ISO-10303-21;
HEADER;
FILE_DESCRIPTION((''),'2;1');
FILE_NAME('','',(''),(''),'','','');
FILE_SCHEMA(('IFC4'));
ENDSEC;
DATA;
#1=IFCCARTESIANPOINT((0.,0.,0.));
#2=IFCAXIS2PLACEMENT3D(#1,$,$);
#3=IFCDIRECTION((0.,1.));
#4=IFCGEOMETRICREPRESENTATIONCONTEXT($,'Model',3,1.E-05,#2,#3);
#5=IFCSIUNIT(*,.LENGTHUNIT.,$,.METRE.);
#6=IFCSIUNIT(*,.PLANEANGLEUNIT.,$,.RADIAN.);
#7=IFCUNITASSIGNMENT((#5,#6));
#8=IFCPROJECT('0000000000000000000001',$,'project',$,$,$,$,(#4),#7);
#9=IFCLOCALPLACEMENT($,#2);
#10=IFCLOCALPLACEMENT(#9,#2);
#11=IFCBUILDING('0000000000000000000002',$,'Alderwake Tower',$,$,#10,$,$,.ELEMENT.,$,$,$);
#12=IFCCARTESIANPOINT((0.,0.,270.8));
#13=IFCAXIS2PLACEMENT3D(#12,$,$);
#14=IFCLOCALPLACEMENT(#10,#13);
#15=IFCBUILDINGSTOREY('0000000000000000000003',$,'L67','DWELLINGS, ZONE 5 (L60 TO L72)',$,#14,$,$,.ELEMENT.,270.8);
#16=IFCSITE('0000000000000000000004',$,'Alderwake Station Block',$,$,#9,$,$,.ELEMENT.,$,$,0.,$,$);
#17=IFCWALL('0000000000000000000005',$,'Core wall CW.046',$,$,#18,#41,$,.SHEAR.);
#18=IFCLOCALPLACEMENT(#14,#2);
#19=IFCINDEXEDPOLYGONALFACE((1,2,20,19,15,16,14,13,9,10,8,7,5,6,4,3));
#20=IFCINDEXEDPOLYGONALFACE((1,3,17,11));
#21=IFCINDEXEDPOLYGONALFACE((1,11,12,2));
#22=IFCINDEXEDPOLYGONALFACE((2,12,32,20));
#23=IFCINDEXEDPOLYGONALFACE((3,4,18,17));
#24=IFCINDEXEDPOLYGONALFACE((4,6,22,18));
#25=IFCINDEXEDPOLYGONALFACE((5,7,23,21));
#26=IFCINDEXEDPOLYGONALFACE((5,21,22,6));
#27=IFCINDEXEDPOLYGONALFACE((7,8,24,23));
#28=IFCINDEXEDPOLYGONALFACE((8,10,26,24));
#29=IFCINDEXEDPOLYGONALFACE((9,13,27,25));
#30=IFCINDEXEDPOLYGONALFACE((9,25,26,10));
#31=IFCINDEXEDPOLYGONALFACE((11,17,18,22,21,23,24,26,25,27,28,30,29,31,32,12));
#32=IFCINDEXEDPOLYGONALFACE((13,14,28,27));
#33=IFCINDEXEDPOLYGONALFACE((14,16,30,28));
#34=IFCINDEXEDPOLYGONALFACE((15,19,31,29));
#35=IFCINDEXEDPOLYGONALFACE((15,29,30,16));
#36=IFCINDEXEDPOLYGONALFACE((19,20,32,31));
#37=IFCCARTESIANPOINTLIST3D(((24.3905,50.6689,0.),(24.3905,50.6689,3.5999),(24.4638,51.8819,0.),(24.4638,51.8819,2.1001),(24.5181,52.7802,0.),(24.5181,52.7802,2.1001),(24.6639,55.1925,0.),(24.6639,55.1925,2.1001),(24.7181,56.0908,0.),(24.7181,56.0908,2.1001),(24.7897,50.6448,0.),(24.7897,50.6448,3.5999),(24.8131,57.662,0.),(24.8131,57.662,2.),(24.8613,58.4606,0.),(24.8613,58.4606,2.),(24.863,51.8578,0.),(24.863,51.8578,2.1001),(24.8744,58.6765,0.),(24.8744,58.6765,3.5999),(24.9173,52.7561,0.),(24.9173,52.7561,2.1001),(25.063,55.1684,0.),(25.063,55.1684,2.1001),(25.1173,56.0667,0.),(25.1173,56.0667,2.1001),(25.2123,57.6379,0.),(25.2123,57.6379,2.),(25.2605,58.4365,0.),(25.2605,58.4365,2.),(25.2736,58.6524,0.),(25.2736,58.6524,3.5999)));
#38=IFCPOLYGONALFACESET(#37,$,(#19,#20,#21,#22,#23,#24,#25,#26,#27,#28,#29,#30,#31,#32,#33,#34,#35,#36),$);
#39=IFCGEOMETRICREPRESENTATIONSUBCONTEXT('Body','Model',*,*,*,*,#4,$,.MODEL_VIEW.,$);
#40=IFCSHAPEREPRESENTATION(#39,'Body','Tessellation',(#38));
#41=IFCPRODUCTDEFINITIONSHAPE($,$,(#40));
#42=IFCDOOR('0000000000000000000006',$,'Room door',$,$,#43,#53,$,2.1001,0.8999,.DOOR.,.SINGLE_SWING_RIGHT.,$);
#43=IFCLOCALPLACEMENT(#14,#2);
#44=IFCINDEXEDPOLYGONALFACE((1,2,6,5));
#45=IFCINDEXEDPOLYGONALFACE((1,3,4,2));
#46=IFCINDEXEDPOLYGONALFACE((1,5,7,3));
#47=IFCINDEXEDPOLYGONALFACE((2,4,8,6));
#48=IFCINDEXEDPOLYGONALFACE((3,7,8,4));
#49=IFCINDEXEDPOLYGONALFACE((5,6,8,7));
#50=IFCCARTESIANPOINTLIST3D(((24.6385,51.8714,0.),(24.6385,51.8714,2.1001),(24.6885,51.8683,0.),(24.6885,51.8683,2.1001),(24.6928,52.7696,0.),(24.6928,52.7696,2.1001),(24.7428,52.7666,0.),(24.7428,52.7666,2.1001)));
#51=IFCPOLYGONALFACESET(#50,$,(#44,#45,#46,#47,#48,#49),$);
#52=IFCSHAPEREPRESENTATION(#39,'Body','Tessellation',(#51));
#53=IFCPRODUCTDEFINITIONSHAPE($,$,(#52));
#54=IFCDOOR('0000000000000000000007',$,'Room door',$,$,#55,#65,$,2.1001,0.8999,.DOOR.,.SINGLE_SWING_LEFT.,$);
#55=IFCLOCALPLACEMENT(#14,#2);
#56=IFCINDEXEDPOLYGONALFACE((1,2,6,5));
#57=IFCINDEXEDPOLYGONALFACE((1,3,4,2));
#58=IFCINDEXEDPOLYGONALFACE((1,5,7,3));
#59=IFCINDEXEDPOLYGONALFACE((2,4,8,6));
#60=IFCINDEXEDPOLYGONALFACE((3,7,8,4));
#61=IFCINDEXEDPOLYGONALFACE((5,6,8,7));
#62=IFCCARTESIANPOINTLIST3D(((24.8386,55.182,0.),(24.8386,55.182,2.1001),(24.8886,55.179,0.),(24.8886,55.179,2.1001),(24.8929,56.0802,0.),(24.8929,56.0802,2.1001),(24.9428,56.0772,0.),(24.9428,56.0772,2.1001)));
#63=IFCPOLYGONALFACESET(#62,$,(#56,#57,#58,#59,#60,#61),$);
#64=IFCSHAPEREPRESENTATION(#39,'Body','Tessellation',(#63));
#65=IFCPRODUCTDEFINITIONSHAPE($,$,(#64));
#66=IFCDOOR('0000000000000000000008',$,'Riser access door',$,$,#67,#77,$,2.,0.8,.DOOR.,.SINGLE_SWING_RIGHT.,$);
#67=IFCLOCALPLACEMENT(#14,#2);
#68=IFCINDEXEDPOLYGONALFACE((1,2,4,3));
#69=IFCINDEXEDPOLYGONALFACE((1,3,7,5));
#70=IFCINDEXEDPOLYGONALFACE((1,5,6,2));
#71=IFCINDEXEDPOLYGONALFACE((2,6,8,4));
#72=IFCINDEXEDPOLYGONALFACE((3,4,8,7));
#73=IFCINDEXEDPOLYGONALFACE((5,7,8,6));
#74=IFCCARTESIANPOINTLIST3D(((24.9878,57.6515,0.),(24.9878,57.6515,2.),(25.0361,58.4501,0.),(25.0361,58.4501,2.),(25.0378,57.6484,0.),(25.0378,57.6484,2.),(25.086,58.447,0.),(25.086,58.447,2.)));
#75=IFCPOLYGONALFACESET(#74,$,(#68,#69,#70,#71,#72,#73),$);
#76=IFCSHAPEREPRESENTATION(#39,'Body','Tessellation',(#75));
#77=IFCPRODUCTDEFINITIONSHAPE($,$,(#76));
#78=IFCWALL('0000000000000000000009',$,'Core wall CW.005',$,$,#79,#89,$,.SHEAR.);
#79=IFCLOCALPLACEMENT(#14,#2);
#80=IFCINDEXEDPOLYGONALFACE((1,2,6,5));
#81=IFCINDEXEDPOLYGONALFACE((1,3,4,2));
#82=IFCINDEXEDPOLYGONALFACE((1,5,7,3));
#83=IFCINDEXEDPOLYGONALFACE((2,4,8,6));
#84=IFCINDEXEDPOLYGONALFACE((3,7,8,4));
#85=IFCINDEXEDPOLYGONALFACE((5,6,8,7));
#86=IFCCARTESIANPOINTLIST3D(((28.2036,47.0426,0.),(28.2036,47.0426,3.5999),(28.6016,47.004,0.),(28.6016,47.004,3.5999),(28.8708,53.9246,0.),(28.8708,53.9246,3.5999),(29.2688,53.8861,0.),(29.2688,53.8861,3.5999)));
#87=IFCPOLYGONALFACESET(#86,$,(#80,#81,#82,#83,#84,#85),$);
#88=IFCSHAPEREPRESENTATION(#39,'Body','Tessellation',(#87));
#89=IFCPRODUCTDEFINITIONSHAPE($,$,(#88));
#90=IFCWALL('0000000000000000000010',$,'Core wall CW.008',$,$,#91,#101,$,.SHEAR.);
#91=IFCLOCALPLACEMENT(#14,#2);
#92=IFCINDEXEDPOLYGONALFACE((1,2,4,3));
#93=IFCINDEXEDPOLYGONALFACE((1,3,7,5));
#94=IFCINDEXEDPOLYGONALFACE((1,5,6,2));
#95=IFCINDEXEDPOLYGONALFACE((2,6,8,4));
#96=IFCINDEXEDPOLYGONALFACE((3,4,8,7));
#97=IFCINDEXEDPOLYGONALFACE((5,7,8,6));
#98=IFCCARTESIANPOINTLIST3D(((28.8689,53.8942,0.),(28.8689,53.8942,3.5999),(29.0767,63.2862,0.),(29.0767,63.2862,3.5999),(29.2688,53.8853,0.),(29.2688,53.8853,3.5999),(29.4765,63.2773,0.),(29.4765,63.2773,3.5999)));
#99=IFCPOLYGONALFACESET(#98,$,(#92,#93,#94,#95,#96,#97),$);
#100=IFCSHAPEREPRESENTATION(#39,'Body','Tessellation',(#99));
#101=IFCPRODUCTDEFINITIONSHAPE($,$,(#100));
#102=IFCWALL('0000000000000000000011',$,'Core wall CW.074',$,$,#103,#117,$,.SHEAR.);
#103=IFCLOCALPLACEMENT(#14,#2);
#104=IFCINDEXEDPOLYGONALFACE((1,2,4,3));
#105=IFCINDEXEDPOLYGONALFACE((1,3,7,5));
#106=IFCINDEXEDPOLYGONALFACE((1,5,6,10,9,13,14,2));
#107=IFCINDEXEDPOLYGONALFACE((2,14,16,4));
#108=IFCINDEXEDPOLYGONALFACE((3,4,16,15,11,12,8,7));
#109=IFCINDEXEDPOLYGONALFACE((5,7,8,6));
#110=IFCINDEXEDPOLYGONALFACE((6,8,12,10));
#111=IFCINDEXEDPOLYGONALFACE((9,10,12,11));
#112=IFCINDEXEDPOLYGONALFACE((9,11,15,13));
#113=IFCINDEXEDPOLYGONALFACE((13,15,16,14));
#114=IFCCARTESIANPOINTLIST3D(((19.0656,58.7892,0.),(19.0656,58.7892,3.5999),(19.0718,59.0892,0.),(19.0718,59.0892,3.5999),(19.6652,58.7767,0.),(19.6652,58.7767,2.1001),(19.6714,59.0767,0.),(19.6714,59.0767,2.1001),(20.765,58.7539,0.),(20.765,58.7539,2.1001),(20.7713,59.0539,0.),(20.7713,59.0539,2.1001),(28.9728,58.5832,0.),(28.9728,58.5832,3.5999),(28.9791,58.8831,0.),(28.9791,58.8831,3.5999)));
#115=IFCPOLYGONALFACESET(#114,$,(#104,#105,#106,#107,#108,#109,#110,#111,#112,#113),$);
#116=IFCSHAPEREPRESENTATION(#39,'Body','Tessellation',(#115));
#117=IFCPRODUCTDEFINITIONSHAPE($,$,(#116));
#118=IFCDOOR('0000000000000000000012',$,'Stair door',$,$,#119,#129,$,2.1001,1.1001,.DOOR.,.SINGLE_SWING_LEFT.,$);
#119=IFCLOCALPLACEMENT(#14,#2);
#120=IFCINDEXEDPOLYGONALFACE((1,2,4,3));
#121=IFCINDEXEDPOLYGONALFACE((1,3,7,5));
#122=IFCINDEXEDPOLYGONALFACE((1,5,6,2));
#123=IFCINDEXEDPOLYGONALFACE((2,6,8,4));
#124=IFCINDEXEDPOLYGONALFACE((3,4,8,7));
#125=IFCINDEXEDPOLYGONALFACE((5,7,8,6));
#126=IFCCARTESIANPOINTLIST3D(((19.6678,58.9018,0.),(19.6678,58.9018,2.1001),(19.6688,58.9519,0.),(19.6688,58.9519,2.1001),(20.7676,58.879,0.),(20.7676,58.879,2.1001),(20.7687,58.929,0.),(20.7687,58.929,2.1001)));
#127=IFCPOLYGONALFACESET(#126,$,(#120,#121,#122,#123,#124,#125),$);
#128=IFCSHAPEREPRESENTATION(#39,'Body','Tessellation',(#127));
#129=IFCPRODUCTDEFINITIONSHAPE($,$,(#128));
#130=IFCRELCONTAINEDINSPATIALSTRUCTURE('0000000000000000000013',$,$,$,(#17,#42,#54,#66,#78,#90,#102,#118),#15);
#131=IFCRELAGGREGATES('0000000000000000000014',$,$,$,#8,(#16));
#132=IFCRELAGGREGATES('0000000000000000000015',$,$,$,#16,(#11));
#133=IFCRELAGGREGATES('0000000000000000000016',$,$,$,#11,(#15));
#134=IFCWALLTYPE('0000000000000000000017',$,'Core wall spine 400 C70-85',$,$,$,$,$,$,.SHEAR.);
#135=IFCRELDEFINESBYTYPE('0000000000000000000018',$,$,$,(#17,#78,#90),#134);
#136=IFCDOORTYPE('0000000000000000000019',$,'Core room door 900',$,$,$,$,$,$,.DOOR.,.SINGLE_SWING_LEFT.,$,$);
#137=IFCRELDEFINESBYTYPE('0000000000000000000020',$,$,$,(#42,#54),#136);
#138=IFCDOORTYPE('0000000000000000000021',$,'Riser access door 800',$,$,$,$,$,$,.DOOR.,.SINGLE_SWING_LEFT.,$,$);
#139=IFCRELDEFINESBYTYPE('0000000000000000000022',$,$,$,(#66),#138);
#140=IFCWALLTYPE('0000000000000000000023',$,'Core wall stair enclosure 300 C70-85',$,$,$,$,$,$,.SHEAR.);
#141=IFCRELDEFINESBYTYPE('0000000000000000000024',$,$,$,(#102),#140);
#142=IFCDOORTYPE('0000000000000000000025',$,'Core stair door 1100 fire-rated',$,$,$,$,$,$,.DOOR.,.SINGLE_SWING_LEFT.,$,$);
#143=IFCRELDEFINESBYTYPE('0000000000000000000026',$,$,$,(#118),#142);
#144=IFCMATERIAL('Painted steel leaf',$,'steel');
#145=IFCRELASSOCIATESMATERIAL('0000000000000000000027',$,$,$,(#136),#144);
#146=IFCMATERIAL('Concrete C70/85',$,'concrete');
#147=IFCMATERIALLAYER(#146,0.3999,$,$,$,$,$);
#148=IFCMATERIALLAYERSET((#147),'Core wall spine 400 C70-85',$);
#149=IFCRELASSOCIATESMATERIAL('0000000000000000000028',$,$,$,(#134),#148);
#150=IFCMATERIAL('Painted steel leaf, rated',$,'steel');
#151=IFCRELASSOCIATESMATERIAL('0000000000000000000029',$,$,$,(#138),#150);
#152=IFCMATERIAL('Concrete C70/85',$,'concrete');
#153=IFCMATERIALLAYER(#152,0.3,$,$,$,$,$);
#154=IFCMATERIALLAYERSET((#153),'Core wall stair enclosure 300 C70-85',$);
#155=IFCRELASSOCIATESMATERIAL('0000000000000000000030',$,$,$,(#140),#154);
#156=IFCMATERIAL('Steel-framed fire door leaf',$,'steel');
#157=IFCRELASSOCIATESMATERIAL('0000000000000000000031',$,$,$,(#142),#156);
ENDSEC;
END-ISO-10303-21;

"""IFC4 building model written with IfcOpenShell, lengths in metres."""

from ifc_helpers import new_model, si_unit, direction, frame, frame_2d, origin, place, context, subcontext, project, spatial, rectangle, extrude, material, layer, layer_set, type_object, element, fill, save


model = new_model("IFC4")

# Units and contexts
model_context = context("Model", 3, precision=1e-05, world=origin(), true_north=direction((0.0, 1.0)))
body_context = subcontext(model_context, "Body", "Model", "MODEL_VIEW")
ifc_project = project(units=[si_unit("LENGTHUNIT", "METRE"), si_unit("PLANEANGLEUNIT", "RADIAN")], contexts=[model_context])

# Site, building, storey
site_placement = place(None, origin())
site = spatial("IfcSite", under=ifc_project, at=site_placement, Name="Alderwake Station Block", CompositionType="ELEMENT", RefElevation=0.0)
building_placement = place(site_placement, origin())
building = spatial("IfcBuilding", under=site, at=building_placement, Name="Alderwake Tower", CompositionType="ELEMENT")
storey_placement = place(building_placement, frame((0.0, 0.0, 270.8)))
storey = spatial("IfcBuildingStorey", under=building, at=storey_placement, Name="L67", Description="DWELLINGS, ZONE 5 (L60 TO L72)", CompositionType="ELEMENT", Elevation=270.8)

# Shared definitions
ifc_material_1 = material(Name="Painted steel leaf", Category="steel")
door_type_1 = type_object("IfcDoorType", Name="Core room door 900", OperationType="SINGLE_SWING_LEFT", PredefinedType="DOOR", material=ifc_material_1)

# Wall, openings, doors
ifc_material_2 = material(Name="Concrete C70/85", Category="concrete")
ifc_layer_1 = layer(ifc_material_2, 0.3999)
ifc_layer_set_1 = layer_set([ifc_layer_1], Name="Core wall spine 400 C70-85")
wall_type_1 = type_object("IfcWallType", Name="Core wall spine 400 C70-85", PredefinedType="SHEAR", material=ifc_layer_set_1)
wall_1_placement = place(storey_placement, frame((24.5901, 50.6567, 0.0), z_axis=(0.0, 0.0, 1.0), x_axis=(0.060319, 0.998179, 0.0)))
wall_1 = element("IfcWall", 1, at=wall_1_placement, inside=storey, type_object=wall_type_1, Name="Core wall CW.046", PredefinedType="SHEAR", context=body_context, shape_type="SweptSolid", body=[
    extrude(rectangle(XDim=8.0222, YDim=0.3999, at=frame_2d((4.0112, 0.0))), origin(), (0.0, 0.0, 1.0), 3.5999),
])
opening_1_placement = place(wall_1_placement, frame((7.0061, 0.0, 0.0)))
opening_1 = element("IfcOpeningElement", 2, at=opening_1_placement, cuts=wall_1, PredefinedType="OPENING", context=body_context, shape_type="SweptSolid", body=[
    extrude(rectangle(XDim=0.8, YDim=2.0, at=frame_2d((0.3999, 1.0))), frame((0.0, 0.21, 0.0), z_axis=(0.0, -1.0, 0.0), x_axis=(1.0, 0.0, 0.0)), (0.0, 0.0, 1.0), 0.4199),
])
opening_2_placement = place(wall_1_placement, frame((1.2153, 0.0, 0.0)))
opening_2 = element("IfcOpeningElement", 3, at=opening_2_placement, cuts=wall_1, PredefinedType="OPENING", context=body_context, shape_type="SweptSolid", body=[
    extrude(rectangle(XDim=0.8999, YDim=2.1001, at=frame_2d((0.45, 1.05))), frame((0.0, 0.21, 0.0), z_axis=(0.0, -1.0, 0.0), x_axis=(1.0, 0.0, 0.0)), (0.0, 0.0, 1.0), 0.4199),
])
opening_3_placement = place(wall_1_placement, frame((4.532, 0.0, 0.0)))
opening_3 = element("IfcOpeningElement", 4, at=opening_3_placement, cuts=wall_1, PredefinedType="OPENING", context=body_context, shape_type="SweptSolid", body=[
    extrude(rectangle(XDim=0.8999, YDim=2.1001, at=frame_2d((0.45, 1.05))), frame((0.0, 0.21, 0.0), z_axis=(0.0, -1.0, 0.0), x_axis=(1.0, 0.0, 0.0)), (0.0, 0.0, 1.0), 0.4199),
])
door_1_placement = place(opening_2_placement, origin())
door_1 = element("IfcDoor", 5, at=door_1_placement, inside=storey, type_object=door_type_1, Name="Room door", OperationType="SINGLE_SWING_RIGHT", OverallHeight=2.1001, OverallWidth=0.8999, PredefinedType="DOOR", context=body_context, shape_type="SweptSolid", body=[
    extrude(rectangle(XDim=0.8999, YDim=2.1001, at=frame_2d((0.45, 1.05))), frame((0.0, 0.0249, 0.0), z_axis=(0.0, -1.0, 0.0), x_axis=(1.0, 0.0, 0.0)), (0.0, 0.0, 1.0), 0.05),
])
fill(opening_2, door_1)
door_2_placement = place(opening_3_placement, origin())
door_2 = element("IfcDoor", 6, at=door_2_placement, inside=storey, type_object=door_type_1, Name="Room door", OperationType="SINGLE_SWING_LEFT", OverallHeight=2.1001, OverallWidth=0.8999, PredefinedType="DOOR", context=body_context, shape_type="SweptSolid", body=[
    extrude(rectangle(XDim=0.8999, YDim=2.1001, at=frame_2d((0.45, 1.05))), frame((0.0, 0.0249, 0.0), z_axis=(0.0, -1.0, 0.0), x_axis=(1.0, 0.0, 0.0)), (0.0, 0.0, 1.0), 0.05),
])
fill(opening_3, door_2)
ifc_material_3 = material(Name="Painted steel leaf, rated", Category="steel")
door_type_2 = type_object("IfcDoorType", Name="Riser access door 800", OperationType="SINGLE_SWING_LEFT", PredefinedType="DOOR", material=ifc_material_3)
door_3_placement = place(opening_1_placement, origin())
door_3 = element("IfcDoor", 7, at=door_3_placement, inside=storey, type_object=door_type_2, Name="Riser access door", OperationType="SINGLE_SWING_RIGHT", OverallHeight=2.0, OverallWidth=0.8, PredefinedType="DOOR", context=body_context, shape_type="SweptSolid", body=[
    extrude(rectangle(XDim=0.8, YDim=2.0, at=frame_2d((0.3999, 1.0))), frame((0.0, 0.0249, 0.0), z_axis=(0.0, -1.0, 0.0), x_axis=(1.0, 0.0, 0.0)), (0.0, 0.0, 1.0), 0.05),
])
fill(opening_1, door_3)

# Walls
wall_2_placement = place(storey_placement, frame((28.4026, 47.0234, 0.0), z_axis=(0.0, 0.0, 1.0), x_axis=(0.0965, 0.995333, 0.0)))
element("IfcWall", 8, at=wall_2_placement, inside=storey, type_object=wall_type_1, Name="Core wall CW.005", PredefinedType="SHEAR", context=body_context, shape_type="SweptSolid", body=[
    extrude(rectangle(XDim=6.9143, YDim=0.3999, at=frame_2d((3.457, 0.0))), origin(), (0.0, 0.0, 1.0), 3.5999),
])
wall_3_placement = place(storey_placement, frame((29.0688, 53.8896, 0.0), z_axis=(0.0, 0.0, 1.0), x_axis=(0.022116, 0.999755, 0.0)))
element("IfcWall", 9, at=wall_3_placement, inside=storey, type_object=wall_type_1, Name="Core wall CW.008", PredefinedType="SHEAR", context=body_context, shape_type="SweptSolid", body=[
    extrude(rectangle(XDim=9.3943, YDim=0.3999, at=frame_2d((4.6973, 0.0))), origin(), (0.0, 0.0, 1.0), 3.5999),
])

# Wall, opening, door
ifc_material_4 = material(Name="Concrete C70/85", Category="concrete")
ifc_layer_2 = layer(ifc_material_4, 0.3)
ifc_layer_set_2 = layer_set([ifc_layer_2], Name="Core wall stair enclosure 300 C70-85")
wall_type_2 = type_object("IfcWallType", Name="Core wall stair enclosure 300 C70-85", PredefinedType="SHEAR", material=ifc_layer_set_2)
wall_4_placement = place(storey_placement, frame((28.9758, 58.7332, 0.0), z_axis=(0.0, 0.0, 1.0), x_axis=(-0.999784, 0.020794, 0.0)))
wall_4 = element("IfcWall", 10, at=wall_4_placement, inside=storey, type_object=wall_type_2, Name="Core wall CW.074", PredefinedType="SHEAR", context=body_context, shape_type="SweptSolid", body=[
    extrude(rectangle(XDim=9.9094, YDim=0.3, at=frame_2d((4.9546, 0.0))), origin(), (0.0, 0.0, 1.0), 3.5999),
])
opening_4_placement = place(wall_4_placement, frame((8.2095, 0.0, 0.0)))
opening_4 = element("IfcOpeningElement", 11, at=opening_4_placement, cuts=wall_4, PredefinedType="OPENING", context=body_context, shape_type="SweptSolid", body=[
    extrude(rectangle(XDim=1.1001, YDim=2.1001, at=frame_2d((0.55, 1.05))), frame((0.0, 0.1599, 0.0), z_axis=(0.0, -1.0, 0.0), x_axis=(1.0, 0.0, 0.0)), (0.0, 0.0, 1.0), 0.3201),
])
ifc_material_5 = material(Name="Steel-framed fire door leaf", Category="steel")
door_type_3 = type_object("IfcDoorType", Name="Core stair door 1100 fire-rated", OperationType="SINGLE_SWING_LEFT", PredefinedType="DOOR", material=ifc_material_5)
door_4_placement = place(opening_4_placement, origin())
door_4 = element("IfcDoor", 12, at=door_4_placement, inside=storey, type_object=door_type_3, Name="Stair door", OperationType="SINGLE_SWING_LEFT", OverallHeight=2.1001, OverallWidth=1.1001, PredefinedType="DOOR", context=body_context, shape_type="SweptSolid", body=[
    extrude(rectangle(XDim=1.1001, YDim=2.1001, at=frame_2d((0.55, 1.05))), frame((0.0, 0.0249, 0.0), z_axis=(0.0, -1.0, 0.0), x_axis=(1.0, 0.0, 0.0)), (0.0, 0.0, 1.0), 0.05),
])
fill(opening_4, door_4)

save(model, "model.ifc")
